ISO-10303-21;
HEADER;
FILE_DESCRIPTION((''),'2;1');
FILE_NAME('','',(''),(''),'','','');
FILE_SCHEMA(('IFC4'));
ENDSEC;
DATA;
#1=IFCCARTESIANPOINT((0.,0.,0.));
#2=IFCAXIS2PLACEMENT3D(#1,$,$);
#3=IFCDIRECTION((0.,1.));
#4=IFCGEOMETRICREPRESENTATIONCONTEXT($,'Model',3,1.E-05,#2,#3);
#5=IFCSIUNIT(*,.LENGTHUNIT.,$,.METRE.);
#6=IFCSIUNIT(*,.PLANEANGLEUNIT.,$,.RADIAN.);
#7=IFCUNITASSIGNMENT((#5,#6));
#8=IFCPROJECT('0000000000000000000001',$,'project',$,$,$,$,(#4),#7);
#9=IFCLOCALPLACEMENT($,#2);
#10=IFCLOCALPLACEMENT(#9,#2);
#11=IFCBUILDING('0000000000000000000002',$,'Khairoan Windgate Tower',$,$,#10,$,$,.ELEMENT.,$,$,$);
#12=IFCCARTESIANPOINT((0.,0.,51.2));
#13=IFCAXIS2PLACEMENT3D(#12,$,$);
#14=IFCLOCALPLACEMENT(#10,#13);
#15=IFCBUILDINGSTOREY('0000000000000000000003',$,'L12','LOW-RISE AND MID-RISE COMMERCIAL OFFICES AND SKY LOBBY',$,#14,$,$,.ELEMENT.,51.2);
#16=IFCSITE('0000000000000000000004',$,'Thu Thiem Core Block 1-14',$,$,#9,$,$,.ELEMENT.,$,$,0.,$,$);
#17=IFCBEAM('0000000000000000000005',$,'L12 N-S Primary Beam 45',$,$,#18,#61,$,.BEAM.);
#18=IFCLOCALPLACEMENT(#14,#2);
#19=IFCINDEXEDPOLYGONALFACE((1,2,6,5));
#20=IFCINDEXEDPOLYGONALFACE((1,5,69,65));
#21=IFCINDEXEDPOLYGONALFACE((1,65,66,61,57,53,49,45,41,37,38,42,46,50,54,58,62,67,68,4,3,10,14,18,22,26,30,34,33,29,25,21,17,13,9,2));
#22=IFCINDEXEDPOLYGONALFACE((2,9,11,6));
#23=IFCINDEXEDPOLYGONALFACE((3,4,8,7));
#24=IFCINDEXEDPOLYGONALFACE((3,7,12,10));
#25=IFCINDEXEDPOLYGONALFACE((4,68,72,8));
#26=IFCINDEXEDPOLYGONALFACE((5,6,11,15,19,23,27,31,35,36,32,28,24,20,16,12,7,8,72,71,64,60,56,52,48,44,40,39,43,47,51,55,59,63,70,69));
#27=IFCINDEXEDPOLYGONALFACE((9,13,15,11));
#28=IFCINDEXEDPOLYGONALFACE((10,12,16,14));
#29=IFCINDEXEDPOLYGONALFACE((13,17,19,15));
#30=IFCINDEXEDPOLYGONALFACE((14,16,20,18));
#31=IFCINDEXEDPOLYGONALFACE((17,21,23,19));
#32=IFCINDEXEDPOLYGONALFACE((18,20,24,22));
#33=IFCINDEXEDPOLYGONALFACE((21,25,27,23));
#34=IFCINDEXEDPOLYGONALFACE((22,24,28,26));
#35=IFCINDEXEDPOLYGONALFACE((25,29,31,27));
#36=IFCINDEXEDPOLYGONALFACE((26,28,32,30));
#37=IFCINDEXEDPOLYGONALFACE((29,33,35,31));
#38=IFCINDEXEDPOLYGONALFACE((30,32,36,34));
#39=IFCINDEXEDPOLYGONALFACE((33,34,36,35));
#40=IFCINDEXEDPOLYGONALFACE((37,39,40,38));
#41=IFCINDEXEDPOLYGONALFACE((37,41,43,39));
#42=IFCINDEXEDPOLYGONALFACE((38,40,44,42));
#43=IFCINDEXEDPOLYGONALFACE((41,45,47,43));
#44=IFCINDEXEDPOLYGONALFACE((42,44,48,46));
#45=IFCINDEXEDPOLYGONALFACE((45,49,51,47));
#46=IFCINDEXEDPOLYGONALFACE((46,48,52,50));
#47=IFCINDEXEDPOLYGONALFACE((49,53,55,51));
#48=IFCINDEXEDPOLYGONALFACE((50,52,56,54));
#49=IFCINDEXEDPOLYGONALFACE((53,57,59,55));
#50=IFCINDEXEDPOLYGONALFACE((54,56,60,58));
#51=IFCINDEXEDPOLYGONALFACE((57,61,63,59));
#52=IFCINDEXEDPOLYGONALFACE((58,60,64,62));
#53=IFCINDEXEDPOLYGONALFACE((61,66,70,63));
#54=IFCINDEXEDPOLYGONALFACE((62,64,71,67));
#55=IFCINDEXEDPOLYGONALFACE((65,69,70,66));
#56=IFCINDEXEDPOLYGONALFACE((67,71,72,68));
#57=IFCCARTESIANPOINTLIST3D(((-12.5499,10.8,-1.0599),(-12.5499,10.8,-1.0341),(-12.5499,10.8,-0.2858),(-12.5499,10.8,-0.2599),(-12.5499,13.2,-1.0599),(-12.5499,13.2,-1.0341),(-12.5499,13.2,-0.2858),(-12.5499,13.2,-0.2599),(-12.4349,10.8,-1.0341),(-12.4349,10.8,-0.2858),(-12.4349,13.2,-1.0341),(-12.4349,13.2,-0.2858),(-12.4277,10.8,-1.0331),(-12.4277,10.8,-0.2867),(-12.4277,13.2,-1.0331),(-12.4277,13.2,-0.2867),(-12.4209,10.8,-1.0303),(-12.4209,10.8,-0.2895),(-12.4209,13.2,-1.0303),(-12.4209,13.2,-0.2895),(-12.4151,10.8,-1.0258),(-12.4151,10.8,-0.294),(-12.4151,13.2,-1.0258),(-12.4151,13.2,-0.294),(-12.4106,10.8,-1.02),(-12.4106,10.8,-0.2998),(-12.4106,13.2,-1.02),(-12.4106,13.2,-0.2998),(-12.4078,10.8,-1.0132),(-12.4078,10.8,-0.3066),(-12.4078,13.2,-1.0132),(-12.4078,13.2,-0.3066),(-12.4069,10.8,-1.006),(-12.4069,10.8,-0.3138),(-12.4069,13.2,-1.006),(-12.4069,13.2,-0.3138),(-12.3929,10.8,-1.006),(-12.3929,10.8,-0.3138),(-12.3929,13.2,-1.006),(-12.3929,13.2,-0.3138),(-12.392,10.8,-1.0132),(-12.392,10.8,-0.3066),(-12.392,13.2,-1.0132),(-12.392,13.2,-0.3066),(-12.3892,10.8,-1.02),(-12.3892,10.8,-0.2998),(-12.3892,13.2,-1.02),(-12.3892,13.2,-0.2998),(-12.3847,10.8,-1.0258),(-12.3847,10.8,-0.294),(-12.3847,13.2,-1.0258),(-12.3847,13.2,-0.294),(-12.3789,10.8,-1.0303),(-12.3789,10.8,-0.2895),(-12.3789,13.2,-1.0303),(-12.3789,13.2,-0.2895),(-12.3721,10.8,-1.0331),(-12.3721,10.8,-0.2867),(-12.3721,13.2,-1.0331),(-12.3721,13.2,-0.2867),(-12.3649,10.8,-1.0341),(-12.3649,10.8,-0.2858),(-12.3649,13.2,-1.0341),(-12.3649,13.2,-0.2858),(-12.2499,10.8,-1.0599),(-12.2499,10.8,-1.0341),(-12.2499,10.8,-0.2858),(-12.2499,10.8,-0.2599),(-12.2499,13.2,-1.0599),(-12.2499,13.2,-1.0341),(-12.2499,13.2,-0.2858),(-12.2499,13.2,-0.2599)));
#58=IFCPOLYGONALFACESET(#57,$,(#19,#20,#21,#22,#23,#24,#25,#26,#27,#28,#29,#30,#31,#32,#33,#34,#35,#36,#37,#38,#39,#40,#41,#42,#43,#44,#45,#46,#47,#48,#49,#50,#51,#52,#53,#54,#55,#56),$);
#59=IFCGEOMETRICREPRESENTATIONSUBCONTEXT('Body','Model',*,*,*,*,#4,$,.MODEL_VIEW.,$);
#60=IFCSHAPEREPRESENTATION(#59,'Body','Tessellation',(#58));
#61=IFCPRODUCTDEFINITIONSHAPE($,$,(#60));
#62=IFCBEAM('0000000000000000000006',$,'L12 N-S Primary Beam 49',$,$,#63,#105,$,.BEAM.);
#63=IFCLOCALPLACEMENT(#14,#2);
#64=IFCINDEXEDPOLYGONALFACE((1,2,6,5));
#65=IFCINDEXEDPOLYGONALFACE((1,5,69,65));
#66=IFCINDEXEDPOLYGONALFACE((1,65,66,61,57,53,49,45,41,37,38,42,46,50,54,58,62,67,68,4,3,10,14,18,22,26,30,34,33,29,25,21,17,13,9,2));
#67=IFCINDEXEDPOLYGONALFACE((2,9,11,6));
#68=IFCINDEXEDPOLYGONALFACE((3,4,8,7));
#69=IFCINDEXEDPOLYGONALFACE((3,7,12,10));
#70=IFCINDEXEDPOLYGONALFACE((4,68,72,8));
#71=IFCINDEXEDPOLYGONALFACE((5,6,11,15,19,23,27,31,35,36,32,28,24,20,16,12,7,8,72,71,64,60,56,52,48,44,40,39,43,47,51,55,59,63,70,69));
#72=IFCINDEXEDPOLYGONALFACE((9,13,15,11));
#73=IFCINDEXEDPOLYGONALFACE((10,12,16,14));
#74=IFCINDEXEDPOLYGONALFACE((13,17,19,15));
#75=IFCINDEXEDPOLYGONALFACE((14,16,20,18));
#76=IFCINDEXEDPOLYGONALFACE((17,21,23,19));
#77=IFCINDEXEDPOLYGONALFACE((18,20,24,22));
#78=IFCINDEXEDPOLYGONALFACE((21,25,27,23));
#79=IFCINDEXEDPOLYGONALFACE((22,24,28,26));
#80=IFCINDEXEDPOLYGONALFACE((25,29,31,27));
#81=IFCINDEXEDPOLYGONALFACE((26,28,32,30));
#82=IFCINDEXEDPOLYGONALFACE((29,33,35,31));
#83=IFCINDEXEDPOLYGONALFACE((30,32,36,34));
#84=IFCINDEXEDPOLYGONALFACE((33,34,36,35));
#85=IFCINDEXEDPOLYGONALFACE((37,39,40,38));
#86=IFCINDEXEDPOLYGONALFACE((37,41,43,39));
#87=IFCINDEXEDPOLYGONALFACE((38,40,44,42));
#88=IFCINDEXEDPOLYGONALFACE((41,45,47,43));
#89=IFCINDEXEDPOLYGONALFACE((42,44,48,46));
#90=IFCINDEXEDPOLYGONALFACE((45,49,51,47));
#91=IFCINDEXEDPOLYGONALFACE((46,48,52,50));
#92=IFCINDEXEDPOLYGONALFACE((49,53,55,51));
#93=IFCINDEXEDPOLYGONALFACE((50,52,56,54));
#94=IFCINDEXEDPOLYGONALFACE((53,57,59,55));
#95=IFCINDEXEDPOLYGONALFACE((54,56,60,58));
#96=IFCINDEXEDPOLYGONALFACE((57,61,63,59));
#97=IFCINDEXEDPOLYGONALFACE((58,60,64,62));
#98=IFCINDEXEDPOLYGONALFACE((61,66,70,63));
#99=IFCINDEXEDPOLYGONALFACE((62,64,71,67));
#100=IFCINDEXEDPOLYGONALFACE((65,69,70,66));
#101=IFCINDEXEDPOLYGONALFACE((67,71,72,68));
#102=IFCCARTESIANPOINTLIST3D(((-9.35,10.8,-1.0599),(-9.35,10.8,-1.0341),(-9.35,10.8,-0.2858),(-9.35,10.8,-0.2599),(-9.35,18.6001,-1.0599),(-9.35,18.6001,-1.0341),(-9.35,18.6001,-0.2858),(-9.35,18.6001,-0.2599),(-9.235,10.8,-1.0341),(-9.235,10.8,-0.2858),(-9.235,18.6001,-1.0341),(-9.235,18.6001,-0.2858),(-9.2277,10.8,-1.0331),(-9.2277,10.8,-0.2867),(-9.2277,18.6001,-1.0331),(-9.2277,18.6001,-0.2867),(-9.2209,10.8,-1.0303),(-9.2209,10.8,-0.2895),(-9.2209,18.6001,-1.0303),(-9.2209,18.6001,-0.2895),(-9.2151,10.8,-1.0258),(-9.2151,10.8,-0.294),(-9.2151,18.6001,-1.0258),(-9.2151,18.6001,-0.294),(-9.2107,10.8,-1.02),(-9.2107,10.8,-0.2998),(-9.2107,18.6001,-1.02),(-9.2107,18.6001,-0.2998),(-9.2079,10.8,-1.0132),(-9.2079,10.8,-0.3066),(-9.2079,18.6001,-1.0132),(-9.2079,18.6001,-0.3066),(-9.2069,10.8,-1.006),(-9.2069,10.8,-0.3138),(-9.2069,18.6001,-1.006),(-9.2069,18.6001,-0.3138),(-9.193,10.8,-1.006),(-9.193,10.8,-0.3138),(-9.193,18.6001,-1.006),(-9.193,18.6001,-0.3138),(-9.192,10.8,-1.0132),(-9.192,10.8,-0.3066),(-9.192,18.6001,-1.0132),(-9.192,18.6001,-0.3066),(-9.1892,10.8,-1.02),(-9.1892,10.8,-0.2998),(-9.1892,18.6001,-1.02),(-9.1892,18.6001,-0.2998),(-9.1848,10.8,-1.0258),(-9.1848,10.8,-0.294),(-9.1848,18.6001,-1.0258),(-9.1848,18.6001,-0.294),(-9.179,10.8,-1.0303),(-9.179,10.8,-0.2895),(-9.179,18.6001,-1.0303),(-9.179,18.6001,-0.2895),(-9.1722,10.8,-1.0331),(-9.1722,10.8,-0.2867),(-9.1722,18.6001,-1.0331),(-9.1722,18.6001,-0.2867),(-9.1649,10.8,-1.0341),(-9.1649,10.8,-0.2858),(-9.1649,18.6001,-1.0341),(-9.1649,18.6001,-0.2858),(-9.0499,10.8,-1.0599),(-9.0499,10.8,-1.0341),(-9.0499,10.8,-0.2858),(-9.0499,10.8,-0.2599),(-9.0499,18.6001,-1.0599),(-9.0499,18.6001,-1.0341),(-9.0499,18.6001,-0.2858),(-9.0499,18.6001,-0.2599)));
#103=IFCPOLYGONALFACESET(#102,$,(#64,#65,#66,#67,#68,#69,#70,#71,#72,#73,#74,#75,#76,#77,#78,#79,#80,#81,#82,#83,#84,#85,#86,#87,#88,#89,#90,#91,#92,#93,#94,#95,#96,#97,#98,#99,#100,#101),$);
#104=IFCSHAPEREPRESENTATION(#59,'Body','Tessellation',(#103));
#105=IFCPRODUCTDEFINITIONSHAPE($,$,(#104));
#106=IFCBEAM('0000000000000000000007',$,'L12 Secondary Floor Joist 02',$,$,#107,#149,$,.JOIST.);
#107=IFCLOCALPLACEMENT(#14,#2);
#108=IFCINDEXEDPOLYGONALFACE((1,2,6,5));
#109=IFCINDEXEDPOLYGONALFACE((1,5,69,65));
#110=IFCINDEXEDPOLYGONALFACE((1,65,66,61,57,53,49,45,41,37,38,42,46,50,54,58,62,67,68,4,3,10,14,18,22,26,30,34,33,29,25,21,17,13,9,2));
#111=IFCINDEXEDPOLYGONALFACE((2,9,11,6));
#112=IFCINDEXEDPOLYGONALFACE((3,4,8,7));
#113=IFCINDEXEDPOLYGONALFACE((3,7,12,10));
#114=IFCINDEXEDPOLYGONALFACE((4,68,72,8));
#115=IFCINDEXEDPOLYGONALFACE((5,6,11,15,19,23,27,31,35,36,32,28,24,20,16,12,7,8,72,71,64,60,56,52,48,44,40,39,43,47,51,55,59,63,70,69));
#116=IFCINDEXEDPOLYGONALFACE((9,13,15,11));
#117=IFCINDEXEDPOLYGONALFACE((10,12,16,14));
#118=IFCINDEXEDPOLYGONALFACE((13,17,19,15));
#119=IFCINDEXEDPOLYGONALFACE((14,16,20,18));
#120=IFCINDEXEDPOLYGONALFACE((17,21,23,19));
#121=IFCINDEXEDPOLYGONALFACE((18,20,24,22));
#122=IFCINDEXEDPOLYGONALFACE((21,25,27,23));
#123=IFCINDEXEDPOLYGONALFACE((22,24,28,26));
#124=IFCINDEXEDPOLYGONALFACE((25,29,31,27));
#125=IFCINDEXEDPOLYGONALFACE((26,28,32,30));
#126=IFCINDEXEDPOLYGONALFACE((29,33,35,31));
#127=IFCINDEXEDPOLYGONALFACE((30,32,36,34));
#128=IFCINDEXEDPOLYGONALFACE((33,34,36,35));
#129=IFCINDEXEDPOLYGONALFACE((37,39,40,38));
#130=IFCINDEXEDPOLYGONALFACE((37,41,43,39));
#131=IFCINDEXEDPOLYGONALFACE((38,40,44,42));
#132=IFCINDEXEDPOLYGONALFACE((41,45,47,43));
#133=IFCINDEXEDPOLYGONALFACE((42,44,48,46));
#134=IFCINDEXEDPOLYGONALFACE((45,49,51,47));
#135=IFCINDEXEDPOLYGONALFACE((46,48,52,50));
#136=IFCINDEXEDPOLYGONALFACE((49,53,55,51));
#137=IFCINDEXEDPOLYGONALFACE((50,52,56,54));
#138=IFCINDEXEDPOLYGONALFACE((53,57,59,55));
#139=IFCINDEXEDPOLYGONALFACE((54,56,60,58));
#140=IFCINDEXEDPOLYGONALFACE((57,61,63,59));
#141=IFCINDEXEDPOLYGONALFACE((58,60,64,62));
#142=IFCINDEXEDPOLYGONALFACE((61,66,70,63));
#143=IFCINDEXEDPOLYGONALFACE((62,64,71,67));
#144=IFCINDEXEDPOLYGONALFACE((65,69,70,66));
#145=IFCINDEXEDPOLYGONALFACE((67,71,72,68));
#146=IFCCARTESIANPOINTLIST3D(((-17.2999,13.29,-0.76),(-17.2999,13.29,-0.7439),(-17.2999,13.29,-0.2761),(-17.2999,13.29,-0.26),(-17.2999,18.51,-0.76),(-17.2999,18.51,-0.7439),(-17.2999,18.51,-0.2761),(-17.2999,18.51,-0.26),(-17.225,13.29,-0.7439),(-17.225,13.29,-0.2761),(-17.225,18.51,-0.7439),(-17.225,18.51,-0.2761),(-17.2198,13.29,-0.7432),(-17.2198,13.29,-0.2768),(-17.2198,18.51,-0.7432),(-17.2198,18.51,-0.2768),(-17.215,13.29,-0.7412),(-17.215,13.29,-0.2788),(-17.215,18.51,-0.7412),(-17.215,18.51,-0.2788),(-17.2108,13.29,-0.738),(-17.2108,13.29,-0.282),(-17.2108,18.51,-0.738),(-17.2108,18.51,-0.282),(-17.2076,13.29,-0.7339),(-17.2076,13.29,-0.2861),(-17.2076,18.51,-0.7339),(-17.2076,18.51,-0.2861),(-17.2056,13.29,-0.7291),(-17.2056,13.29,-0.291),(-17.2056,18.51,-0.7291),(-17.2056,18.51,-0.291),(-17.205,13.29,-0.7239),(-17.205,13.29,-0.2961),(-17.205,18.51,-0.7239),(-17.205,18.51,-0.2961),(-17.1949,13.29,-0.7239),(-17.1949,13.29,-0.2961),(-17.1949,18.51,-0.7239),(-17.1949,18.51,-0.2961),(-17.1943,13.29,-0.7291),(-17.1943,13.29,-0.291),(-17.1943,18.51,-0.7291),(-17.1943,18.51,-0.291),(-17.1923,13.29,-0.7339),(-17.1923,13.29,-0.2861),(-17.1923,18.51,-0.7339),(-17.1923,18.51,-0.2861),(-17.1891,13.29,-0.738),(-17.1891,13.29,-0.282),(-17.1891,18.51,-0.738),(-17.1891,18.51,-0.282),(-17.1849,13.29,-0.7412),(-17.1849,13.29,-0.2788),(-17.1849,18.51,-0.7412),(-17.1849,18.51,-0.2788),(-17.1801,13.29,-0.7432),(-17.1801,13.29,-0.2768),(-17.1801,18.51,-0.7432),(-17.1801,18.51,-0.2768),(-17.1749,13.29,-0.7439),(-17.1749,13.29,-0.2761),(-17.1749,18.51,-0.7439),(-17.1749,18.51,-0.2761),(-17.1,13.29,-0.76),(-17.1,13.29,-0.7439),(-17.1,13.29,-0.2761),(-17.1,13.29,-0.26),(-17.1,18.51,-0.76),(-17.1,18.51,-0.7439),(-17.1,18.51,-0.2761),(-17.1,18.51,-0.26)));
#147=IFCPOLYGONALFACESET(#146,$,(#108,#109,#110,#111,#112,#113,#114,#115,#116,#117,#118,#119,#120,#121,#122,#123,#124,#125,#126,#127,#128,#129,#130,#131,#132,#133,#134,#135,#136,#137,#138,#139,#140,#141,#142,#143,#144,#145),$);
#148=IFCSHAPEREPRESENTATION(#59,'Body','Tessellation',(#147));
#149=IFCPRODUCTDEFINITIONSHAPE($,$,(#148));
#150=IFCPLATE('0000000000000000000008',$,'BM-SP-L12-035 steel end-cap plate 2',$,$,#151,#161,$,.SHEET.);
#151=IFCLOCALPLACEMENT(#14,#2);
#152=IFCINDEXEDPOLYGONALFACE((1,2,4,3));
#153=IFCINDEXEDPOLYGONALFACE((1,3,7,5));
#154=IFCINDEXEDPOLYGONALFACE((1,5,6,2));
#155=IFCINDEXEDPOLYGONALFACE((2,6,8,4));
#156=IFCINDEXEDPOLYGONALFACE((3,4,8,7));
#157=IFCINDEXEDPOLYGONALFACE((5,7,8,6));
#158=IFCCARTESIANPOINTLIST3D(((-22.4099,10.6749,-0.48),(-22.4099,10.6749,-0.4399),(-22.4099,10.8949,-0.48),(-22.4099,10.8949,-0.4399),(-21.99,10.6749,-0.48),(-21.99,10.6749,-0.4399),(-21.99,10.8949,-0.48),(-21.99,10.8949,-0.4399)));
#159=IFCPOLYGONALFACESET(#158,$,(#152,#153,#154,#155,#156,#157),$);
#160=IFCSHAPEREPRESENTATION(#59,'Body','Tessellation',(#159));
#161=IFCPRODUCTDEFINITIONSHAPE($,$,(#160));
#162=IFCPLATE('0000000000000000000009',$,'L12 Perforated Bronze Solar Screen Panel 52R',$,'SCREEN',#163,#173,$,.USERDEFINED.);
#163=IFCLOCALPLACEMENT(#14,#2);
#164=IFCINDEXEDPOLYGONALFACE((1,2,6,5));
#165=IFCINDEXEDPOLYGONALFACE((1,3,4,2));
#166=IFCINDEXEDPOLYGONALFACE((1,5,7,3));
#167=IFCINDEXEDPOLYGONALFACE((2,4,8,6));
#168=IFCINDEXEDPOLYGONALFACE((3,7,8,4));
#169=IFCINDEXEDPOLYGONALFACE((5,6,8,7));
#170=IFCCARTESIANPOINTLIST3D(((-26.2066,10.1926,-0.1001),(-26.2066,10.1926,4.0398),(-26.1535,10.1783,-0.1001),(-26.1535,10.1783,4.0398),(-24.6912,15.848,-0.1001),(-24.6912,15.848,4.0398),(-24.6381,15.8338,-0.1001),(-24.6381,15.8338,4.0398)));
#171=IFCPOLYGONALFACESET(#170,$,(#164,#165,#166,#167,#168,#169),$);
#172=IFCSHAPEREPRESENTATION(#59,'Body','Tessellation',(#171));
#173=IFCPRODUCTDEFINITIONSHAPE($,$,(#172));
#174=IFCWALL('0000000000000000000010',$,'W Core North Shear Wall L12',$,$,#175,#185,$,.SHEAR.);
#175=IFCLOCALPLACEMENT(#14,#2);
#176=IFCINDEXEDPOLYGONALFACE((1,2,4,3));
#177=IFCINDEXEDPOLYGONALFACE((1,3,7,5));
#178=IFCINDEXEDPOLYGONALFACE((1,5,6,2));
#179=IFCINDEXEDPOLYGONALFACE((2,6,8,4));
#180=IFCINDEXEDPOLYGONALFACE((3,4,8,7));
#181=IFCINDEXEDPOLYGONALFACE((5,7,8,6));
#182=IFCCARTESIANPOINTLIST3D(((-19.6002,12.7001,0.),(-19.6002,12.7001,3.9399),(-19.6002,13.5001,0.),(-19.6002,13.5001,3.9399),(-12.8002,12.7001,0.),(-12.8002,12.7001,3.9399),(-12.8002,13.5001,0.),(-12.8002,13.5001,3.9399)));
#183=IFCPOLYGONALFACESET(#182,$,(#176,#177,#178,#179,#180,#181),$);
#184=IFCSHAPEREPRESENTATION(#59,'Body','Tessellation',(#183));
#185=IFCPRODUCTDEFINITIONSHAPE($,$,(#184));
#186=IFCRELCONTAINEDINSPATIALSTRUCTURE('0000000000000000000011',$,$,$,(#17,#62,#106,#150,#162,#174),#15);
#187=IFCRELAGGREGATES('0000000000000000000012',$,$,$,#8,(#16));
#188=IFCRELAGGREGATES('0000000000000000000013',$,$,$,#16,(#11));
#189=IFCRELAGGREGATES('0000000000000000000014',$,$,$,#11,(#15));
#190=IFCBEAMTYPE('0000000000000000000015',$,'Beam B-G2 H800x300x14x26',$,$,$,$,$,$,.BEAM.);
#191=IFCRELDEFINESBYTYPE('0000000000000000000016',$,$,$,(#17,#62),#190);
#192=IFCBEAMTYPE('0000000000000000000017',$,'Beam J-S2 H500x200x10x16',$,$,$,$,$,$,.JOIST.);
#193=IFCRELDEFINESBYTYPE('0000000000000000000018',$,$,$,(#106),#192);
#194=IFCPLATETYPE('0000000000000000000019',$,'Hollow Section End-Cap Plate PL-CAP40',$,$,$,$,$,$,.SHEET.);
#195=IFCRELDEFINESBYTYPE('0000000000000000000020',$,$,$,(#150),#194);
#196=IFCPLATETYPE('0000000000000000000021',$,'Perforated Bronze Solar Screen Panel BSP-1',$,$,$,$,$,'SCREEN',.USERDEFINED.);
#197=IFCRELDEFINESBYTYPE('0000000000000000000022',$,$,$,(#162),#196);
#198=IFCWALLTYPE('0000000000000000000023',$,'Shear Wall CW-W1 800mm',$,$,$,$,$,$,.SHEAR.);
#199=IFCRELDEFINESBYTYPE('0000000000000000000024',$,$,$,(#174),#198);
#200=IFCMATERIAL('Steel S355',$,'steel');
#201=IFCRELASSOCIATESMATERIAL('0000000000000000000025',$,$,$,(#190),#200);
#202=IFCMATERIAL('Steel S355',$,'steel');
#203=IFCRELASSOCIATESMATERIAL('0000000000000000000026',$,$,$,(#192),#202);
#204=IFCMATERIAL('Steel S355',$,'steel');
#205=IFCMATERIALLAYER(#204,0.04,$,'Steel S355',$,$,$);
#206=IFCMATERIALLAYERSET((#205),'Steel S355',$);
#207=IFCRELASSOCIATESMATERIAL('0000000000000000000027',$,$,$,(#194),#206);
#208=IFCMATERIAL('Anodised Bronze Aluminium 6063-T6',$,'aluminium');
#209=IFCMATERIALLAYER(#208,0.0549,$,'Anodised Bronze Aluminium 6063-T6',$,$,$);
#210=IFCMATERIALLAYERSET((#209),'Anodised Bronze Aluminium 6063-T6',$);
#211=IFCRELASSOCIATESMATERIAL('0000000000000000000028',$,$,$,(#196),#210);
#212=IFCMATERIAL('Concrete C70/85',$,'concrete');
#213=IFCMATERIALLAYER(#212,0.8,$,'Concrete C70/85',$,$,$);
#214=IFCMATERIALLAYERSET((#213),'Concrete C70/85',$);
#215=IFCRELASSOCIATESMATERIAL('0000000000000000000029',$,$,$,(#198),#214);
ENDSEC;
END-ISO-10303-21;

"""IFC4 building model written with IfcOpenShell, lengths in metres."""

from ifc_helpers import new_model, si_unit, direction, frame, frame_2d, origin, origin_2d, place, context, subcontext, project, spatial, rectangle, i_section, extrude, material, layer, layer_set, material_profile, profile_set, type_object, element, save


model = new_model("IFC4")

# Units and contexts
model_context = context("Model", 3, precision=1e-05, world=origin(), true_north=direction((0.0, 1.0)))
body_context = subcontext(model_context, "Body", "Model", "MODEL_VIEW")
ifc_project = project(units=[si_unit("LENGTHUNIT", "METRE"), si_unit("PLANEANGLEUNIT", "RADIAN")], contexts=[model_context])

# Site, building, storey
site_placement = place(None, origin())
site = spatial("IfcSite", under=ifc_project, at=site_placement, Name="Thu Thiem Core Block 1-14", CompositionType="ELEMENT", RefElevation=0.0)
building_placement = place(site_placement, origin())
building = spatial("IfcBuilding", under=site, at=building_placement, Name="Khairoan Windgate Tower", CompositionType="ELEMENT")
storey_placement = place(building_placement, frame((0.0, 0.0, 51.2)))
storey = spatial("IfcBuildingStorey", under=building, at=storey_placement, Name="L12", Description="LOW-RISE AND MID-RISE COMMERCIAL OFFICES AND SKY LOBBY", CompositionType="ELEMENT", Elevation=51.2)

# Beams
ifc_material_1 = material(Name="Steel S355", Category="steel")
ifc_material_profile_1 = material_profile(ifc_material_1, i_section(OverallWidth=0.3, OverallDepth=0.8, WebThickness=0.0139, FlangeThickness=0.0259, FilletRadius=0.0281, at=origin_2d()))
ifc_profile_set_1 = profile_set([ifc_material_profile_1], Name="Steel S355")
beam_type_1 = type_object("IfcBeamType", Name="Beam B-G2 H800x300x14x26", PredefinedType="BEAM", material=ifc_profile_set_1)
beam_1_placement = place(storey_placement, frame((-12.3999, 10.8, -0.6599), z_axis=(0.0, 1.0, 0.0), x_axis=(-1.0, 0.0, 0.0)))
element("IfcBeam", 1, at=beam_1_placement, inside=storey, type_object=beam_type_1, Name="L12 N-S Primary Beam 45", PredefinedType="BEAM", context=body_context, shape_type="SweptSolid", body=[
    extrude(i_section(OverallWidth=0.3, OverallDepth=0.8, WebThickness=0.0139, FlangeThickness=0.0259, FilletRadius=0.0281, at=origin_2d()), origin(), (0.0, 0.0, 1.0), 2.3999),
])
beam_2_placement = place(storey_placement, frame((-9.2, 10.8, -0.6599), z_axis=(0.0, 1.0, 0.0), x_axis=(-1.0, 0.0, 0.0)))
element("IfcBeam", 2, at=beam_2_placement, inside=storey, type_object=beam_type_1, Name="L12 N-S Primary Beam 49", PredefinedType="BEAM", context=body_context, shape_type="SweptSolid", body=[
    extrude(i_section(OverallWidth=0.3, OverallDepth=0.8, WebThickness=0.0139, FlangeThickness=0.0259, FilletRadius=0.0281, at=origin_2d()), origin(), (0.0, 0.0, 1.0), 7.8),
])
ifc_material_2 = material(Name="Steel S355", Category="steel")
ifc_material_profile_2 = material_profile(ifc_material_2, i_section(OverallWidth=0.2, OverallDepth=0.5, WebThickness=0.01, FlangeThickness=0.0161, FilletRadius=0.02, at=origin_2d()))
ifc_profile_set_2 = profile_set([ifc_material_profile_2], Name="Steel S355")
beam_type_2 = type_object("IfcBeamType", Name="Beam J-S2 H500x200x10x16", PredefinedType="JOIST", material=ifc_profile_set_2)
beam_3_placement = place(storey_placement, frame((-17.2, 13.29, -0.51), z_axis=(0.0, 1.0, 0.0), x_axis=(-1.0, 0.0, 0.0)))
element("IfcBeam", 3, at=beam_3_placement, inside=storey, type_object=beam_type_2, Name="L12 Secondary Floor Joist 02", PredefinedType="JOIST", context=body_context, shape_type="SweptSolid", body=[
    extrude(i_section(OverallWidth=0.2, OverallDepth=0.5, WebThickness=0.01, FlangeThickness=0.0161, FilletRadius=0.02, at=origin_2d()), origin(), (0.0, 0.0, 1.0), 5.22),
])

# Plates
ifc_material_3 = material(Name="Steel S355", Category="steel")
ifc_layer_1 = layer(ifc_material_3, 0.04, Name="Steel S355")
ifc_layer_set_1 = layer_set([ifc_layer_1], Name="Steel S355")
plate_type_1 = type_object("IfcPlateType", Name="Hollow Section End-Cap Plate PL-CAP40", PredefinedType="SHEET", material=ifc_layer_set_1)
plate_1_placement = place(storey_placement, frame((-22.2, 10.7849, -0.48), z_axis=(0.0, 0.0, 1.0), x_axis=(0.0, 1.0, 0.0)))
element("IfcPlate", 4, at=plate_1_placement, inside=storey, type_object=plate_type_1, Name="BM-SP-L12-035 steel end-cap plate 2", PredefinedType="SHEET", context=body_context, shape_type="SweptSolid", body=[
    extrude(rectangle(XDim=0.22, YDim=0.4199, at=origin_2d()), origin(), (0.0, 0.0, 1.0), 0.04),
])
ifc_material_4 = material(Name="Anodised Bronze Aluminium 6063-T6", Category="aluminium")
ifc_layer_2 = layer(ifc_material_4, 0.0549, Name="Anodised Bronze Aluminium 6063-T6")
ifc_layer_set_2 = layer_set([ifc_layer_2], Name="Anodised Bronze Aluminium 6063-T6")
plate_type_2 = type_object("IfcPlateType", Name="Perforated Bronze Solar Screen Panel BSP-1", ElementType="SCREEN", PredefinedType="USERDEFINED", material=ifc_layer_set_2)
plate_2_placement = place(storey_placement, frame((-25.4224, 13.0132, -0.1001), z_axis=(0.0, 0.0, 1.0), x_axis=(0.258819, 0.965926, 0.0)))
element("IfcPlate", 5, at=plate_2_placement, inside=storey, type_object=plate_type_2, Name="L12 Perforated Bronze Solar Screen Panel 52R", ObjectType="SCREEN", PredefinedType="USERDEFINED", context=body_context, shape_type="SweptSolid", body=[
    extrude(rectangle(XDim=5.855, YDim=0.0549, at=origin_2d()), origin(), (0.0, 0.0, 1.0), 4.1399),
])

# Wall
ifc_material_5 = material(Name="Concrete C70/85", Category="concrete")
ifc_layer_3 = layer(ifc_material_5, 0.8, Name="Concrete C70/85")
ifc_layer_set_3 = layer_set([ifc_layer_3], Name="Concrete C70/85")
wall_type_1 = type_object("IfcWallType", Name="Shear Wall CW-W1 800mm", PredefinedType="SHEAR", material=ifc_layer_set_3)
wall_1_placement = place(storey_placement, frame((-19.6001, 13.1001, 0.0), z_axis=(0.0, 0.0, 1.0), x_axis=(1.0, 0.0, 0.0)))
element("IfcWall", 6, at=wall_1_placement, inside=storey, type_object=wall_type_1, Name="W Core North Shear Wall L12", PredefinedType="SHEAR", context=body_context, shape_type="SweptSolid", body=[
    extrude(rectangle(XDim=6.8, YDim=0.8, at=frame_2d((3.3999, 0.0))), origin(), (0.0, 0.0, 1.0), 3.9399),
])

save(model, "model.ifc")
